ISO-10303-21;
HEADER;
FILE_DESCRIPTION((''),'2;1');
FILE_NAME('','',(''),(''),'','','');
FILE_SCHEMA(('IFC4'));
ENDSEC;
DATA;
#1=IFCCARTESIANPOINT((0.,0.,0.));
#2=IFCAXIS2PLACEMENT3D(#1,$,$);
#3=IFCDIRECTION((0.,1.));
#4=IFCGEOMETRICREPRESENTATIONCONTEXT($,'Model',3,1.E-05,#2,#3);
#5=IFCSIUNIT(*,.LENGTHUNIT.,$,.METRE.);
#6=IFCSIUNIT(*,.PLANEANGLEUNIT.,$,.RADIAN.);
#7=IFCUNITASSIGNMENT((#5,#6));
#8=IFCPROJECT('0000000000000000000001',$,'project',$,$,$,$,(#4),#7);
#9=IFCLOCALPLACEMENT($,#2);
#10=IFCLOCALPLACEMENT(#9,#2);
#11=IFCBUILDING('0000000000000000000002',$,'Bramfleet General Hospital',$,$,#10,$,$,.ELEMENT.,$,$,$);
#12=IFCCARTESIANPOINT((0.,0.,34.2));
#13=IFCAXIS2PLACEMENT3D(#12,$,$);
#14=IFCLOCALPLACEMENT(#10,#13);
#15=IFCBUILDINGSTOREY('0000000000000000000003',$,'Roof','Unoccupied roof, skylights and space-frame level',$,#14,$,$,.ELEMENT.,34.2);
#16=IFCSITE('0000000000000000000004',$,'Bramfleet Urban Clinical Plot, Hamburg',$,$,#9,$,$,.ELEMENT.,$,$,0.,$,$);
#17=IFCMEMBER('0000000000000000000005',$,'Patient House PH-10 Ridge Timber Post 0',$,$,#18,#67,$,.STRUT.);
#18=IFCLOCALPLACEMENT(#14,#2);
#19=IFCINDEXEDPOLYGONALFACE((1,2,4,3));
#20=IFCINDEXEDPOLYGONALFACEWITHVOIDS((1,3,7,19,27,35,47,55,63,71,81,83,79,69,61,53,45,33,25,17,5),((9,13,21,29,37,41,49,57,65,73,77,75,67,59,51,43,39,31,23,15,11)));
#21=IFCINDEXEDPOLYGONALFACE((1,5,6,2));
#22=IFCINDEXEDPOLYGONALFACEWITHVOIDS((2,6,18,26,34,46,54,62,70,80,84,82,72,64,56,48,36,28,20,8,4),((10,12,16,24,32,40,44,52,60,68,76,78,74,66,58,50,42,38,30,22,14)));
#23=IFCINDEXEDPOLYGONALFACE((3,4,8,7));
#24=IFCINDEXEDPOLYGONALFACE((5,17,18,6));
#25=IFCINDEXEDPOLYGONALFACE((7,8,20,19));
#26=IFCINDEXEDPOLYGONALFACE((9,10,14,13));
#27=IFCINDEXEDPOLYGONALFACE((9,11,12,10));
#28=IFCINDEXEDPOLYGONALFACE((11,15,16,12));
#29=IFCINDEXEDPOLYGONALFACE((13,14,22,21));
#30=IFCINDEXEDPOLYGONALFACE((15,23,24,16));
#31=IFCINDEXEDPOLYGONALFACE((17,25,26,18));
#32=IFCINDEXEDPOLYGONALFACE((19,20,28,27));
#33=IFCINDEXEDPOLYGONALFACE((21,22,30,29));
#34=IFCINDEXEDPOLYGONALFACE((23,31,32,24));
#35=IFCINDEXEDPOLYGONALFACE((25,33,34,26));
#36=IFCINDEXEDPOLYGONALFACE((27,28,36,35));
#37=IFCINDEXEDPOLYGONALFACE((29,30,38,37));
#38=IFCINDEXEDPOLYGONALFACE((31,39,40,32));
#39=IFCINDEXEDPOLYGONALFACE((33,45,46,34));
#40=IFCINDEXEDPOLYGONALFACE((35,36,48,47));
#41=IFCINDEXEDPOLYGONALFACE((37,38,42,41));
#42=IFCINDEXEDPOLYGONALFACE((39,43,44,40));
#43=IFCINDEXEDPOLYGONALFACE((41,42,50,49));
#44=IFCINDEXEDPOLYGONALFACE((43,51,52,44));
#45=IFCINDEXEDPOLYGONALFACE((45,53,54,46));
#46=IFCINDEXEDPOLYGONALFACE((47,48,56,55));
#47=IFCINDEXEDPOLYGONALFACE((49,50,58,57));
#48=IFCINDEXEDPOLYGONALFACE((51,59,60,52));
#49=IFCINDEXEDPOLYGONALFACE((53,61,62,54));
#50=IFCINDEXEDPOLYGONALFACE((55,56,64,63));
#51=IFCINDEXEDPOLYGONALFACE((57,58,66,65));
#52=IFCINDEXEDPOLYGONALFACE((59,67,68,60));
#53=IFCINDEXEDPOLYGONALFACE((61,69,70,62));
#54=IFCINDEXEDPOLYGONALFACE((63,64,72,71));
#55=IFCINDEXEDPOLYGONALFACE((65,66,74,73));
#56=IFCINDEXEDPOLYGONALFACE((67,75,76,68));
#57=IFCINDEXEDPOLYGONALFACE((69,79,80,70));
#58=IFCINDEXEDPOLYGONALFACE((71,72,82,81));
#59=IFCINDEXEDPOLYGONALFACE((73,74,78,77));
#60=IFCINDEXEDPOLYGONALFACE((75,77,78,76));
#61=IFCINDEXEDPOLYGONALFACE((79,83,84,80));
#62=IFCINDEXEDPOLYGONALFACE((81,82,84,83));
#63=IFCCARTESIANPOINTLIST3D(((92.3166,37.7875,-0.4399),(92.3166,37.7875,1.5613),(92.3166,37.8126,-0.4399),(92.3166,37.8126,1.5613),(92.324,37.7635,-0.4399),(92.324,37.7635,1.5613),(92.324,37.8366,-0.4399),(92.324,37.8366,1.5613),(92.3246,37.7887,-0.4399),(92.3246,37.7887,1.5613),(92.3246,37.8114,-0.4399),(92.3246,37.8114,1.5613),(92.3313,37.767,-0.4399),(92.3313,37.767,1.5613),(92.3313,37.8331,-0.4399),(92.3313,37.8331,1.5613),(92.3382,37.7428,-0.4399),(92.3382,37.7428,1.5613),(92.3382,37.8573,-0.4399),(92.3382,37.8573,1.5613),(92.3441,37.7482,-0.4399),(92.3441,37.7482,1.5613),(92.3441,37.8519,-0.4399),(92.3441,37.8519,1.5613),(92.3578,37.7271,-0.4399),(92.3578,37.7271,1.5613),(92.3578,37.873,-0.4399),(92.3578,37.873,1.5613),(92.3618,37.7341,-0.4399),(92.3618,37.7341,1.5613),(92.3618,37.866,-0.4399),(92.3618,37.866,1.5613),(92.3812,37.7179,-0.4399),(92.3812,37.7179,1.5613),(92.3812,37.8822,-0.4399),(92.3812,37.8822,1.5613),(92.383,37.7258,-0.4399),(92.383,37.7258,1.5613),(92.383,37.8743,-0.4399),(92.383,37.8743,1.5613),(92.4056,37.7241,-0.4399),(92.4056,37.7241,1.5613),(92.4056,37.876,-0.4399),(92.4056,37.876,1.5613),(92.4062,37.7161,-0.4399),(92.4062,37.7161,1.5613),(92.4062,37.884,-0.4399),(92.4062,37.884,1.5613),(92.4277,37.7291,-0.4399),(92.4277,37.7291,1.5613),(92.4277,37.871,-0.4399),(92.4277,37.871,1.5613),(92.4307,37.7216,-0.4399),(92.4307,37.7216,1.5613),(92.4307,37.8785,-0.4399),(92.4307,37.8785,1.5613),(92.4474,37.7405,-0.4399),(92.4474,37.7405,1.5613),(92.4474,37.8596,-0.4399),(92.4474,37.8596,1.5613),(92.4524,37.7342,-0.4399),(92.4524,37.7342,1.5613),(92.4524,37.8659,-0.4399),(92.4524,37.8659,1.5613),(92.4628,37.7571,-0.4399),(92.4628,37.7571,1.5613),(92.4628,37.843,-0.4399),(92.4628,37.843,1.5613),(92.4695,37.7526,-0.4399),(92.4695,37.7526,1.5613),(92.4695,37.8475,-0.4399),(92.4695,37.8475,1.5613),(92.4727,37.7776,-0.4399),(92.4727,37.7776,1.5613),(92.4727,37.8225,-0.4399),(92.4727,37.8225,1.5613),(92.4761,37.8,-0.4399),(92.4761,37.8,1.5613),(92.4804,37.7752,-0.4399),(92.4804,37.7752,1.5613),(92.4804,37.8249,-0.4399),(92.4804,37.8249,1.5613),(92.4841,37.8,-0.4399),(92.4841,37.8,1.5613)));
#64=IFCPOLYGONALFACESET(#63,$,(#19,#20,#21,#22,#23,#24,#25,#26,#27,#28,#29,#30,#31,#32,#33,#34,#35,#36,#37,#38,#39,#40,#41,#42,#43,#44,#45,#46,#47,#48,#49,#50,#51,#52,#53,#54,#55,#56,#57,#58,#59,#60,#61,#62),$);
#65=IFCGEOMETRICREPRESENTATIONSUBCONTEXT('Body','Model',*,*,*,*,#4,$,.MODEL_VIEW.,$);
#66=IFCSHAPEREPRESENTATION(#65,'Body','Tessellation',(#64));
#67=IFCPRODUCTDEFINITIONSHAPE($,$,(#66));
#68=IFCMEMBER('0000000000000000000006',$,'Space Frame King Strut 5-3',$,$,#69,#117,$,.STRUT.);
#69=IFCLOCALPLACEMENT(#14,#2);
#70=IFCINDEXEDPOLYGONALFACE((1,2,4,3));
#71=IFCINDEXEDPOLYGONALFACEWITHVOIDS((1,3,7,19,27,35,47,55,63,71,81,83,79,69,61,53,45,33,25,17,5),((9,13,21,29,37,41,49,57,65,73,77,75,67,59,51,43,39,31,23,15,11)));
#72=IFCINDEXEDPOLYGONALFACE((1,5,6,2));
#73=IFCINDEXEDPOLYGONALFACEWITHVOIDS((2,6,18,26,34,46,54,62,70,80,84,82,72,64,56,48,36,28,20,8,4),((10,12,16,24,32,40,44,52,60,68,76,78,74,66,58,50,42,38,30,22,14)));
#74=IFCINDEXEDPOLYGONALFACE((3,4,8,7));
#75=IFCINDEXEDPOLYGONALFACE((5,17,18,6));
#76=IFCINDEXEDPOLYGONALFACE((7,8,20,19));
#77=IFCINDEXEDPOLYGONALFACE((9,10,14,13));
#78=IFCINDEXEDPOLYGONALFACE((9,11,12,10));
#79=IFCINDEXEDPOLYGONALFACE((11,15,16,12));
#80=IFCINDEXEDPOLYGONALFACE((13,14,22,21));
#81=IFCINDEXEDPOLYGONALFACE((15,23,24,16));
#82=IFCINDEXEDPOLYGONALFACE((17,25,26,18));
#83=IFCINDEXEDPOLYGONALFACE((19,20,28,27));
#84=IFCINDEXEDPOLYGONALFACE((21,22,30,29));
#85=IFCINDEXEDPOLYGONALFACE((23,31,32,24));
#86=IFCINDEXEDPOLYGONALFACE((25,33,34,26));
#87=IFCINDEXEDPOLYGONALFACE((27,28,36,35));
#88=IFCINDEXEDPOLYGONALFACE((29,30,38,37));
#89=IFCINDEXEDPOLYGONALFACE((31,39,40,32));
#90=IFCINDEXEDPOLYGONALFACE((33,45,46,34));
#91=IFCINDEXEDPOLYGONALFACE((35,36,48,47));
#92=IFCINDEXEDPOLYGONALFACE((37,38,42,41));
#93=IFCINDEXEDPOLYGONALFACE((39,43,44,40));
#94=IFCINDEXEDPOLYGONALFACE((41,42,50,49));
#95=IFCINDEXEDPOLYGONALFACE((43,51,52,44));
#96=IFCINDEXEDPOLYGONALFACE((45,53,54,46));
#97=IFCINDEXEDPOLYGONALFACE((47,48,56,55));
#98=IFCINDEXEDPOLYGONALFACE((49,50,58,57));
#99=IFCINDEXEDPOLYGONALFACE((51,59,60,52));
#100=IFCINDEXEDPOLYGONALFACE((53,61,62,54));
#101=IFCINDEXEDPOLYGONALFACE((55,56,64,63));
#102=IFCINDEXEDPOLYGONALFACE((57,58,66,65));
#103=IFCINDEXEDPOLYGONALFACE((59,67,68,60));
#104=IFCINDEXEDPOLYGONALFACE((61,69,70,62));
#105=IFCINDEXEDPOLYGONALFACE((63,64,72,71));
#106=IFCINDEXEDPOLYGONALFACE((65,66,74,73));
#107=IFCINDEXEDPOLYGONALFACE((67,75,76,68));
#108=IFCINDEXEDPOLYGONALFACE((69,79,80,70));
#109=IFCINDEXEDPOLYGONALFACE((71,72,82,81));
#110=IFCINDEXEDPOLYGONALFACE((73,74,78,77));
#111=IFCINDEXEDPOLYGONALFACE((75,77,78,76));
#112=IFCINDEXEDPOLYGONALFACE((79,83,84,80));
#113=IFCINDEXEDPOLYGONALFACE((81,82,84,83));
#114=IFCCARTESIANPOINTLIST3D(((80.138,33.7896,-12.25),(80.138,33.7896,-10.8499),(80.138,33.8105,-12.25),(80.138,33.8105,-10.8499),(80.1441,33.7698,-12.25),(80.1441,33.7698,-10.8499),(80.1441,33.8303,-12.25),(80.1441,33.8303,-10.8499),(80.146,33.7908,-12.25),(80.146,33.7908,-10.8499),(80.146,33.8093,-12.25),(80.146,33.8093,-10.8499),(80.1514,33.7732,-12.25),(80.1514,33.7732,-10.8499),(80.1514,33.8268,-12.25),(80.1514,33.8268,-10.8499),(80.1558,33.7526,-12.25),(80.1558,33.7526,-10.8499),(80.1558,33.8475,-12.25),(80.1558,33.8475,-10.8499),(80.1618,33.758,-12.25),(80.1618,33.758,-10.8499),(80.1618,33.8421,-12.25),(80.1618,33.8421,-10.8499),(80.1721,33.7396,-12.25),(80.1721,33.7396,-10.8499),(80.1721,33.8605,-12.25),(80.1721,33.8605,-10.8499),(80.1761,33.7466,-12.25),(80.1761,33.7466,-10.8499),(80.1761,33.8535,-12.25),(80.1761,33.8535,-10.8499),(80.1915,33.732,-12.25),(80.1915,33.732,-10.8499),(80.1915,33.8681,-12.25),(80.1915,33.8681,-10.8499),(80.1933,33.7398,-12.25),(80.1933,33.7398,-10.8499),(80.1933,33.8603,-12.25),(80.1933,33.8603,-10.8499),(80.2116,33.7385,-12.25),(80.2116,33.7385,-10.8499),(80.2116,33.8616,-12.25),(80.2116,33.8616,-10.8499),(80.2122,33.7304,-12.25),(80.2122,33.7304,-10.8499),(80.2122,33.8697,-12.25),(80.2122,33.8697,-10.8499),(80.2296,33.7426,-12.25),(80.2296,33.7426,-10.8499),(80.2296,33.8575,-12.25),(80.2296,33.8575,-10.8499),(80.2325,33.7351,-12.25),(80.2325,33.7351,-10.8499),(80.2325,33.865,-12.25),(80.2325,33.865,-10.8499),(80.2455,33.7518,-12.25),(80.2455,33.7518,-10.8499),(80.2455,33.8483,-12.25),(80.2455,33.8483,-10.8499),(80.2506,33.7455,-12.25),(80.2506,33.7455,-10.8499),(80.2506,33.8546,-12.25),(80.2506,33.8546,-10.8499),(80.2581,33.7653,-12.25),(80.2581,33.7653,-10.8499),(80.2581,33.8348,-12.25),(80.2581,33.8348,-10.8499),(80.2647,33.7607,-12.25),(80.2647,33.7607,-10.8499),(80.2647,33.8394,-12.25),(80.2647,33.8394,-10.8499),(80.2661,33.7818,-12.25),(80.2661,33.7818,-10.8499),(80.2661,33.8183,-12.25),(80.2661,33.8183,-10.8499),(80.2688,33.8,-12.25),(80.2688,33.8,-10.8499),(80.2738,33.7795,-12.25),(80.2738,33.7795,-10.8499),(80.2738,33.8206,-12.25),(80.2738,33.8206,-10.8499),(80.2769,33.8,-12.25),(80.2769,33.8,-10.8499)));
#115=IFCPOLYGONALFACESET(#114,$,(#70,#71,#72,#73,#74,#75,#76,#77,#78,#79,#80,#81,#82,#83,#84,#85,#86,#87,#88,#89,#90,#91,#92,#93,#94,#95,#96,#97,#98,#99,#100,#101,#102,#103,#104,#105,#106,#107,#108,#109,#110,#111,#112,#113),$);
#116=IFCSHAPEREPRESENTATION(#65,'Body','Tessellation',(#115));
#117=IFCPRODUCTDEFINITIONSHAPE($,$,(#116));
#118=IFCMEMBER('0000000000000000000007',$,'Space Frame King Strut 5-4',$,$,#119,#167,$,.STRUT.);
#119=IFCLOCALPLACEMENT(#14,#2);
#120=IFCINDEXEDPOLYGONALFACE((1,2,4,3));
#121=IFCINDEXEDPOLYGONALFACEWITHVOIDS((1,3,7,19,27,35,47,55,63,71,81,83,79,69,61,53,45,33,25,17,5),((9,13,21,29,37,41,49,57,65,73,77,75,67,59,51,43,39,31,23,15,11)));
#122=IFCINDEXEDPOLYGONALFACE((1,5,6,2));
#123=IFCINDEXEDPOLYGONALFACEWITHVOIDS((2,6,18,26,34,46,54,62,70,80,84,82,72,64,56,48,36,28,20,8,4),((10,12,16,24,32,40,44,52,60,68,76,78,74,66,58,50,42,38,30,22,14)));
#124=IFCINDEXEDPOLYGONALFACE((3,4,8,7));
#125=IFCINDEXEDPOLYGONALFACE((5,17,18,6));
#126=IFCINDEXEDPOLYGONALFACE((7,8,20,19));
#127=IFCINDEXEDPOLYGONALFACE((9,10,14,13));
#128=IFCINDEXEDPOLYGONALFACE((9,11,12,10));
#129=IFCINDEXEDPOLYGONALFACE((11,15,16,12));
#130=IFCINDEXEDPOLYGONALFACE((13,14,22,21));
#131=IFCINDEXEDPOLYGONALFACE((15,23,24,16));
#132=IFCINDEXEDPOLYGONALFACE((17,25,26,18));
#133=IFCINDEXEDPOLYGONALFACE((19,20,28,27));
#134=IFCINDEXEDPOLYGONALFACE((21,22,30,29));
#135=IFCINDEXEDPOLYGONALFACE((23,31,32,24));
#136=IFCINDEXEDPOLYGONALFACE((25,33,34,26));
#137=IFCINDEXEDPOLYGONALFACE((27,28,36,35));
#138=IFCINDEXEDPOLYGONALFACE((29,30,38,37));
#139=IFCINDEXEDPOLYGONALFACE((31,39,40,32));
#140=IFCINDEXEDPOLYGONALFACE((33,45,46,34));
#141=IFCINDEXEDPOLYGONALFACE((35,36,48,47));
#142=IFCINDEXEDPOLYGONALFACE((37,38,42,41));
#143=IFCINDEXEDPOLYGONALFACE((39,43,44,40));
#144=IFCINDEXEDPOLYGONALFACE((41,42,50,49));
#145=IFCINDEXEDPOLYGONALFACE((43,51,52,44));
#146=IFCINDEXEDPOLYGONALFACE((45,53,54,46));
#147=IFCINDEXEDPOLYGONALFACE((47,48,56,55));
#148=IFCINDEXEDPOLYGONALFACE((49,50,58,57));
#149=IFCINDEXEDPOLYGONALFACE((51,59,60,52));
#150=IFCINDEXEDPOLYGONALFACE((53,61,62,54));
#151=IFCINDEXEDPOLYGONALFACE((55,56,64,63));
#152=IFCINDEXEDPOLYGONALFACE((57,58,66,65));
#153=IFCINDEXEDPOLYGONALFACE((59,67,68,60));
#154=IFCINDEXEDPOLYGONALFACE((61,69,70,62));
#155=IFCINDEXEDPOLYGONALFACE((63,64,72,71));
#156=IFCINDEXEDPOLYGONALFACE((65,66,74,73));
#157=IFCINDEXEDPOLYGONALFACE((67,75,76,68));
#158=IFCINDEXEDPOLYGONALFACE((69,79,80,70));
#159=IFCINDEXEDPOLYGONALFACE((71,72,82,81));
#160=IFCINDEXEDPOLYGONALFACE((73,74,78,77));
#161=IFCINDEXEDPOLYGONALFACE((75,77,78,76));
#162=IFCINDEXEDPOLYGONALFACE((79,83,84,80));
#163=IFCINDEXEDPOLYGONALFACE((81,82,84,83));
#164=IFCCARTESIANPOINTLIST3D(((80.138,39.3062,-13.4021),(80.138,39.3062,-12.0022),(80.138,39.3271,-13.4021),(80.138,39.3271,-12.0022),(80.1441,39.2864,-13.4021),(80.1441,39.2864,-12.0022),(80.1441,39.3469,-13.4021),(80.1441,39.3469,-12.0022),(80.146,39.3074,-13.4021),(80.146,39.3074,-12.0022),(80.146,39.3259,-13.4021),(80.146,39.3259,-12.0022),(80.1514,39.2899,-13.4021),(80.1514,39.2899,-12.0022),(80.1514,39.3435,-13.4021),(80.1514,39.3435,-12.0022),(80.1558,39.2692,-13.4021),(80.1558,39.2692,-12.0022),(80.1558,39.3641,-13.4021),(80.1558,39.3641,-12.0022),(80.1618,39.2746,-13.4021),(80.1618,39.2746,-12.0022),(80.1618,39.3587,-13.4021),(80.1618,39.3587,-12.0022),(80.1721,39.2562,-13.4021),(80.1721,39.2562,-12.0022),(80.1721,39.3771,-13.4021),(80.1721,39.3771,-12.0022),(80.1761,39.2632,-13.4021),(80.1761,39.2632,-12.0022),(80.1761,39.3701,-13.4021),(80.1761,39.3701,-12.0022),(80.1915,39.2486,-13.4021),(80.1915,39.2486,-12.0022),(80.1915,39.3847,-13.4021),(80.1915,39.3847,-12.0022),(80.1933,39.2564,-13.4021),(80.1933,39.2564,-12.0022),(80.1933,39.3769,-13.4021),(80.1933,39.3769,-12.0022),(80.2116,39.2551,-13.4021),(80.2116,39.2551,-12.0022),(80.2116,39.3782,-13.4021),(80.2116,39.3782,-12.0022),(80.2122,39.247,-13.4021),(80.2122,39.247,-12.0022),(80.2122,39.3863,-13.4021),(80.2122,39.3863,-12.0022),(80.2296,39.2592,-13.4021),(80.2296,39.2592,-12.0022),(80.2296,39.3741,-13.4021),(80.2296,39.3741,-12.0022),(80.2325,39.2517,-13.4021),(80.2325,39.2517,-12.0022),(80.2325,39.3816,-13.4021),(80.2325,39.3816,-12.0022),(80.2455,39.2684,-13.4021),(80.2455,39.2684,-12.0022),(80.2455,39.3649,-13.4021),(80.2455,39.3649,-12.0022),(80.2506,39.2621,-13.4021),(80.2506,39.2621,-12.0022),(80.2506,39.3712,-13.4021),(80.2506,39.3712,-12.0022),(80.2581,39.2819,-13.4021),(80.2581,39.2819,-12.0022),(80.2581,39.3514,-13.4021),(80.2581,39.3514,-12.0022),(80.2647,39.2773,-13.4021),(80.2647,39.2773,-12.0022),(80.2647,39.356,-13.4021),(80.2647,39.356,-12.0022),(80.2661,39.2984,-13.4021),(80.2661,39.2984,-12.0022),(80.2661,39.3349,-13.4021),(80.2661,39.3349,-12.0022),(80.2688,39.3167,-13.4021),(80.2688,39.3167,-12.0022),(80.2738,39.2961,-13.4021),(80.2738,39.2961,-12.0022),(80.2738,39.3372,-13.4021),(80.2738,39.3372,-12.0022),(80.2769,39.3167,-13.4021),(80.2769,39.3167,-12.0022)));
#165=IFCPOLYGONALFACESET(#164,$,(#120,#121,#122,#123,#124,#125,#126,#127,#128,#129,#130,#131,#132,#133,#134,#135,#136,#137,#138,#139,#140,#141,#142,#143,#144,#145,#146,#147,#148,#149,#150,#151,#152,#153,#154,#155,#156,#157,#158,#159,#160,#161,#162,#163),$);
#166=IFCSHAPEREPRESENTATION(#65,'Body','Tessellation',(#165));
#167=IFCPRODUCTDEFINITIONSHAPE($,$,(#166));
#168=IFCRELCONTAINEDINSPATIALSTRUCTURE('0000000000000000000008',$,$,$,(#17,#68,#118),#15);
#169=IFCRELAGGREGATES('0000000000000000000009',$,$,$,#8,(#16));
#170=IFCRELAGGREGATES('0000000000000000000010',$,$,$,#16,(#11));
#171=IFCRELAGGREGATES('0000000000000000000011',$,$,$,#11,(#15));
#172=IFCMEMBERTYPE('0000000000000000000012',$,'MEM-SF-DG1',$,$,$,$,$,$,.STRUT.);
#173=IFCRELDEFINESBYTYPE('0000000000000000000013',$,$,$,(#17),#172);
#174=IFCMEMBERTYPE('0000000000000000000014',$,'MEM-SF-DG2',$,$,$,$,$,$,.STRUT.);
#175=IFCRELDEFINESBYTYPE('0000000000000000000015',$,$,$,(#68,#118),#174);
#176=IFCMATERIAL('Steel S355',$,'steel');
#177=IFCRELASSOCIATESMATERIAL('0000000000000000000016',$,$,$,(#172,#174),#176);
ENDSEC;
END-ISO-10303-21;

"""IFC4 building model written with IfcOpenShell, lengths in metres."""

from ifc_helpers import new_model, si_unit, direction, frame, origin, origin_2d, place, context, subcontext, project, spatial, hollow_circle, extrude, material, material_profile, profile_set, type_object, element, save


model = new_model("IFC4")

# Units and contexts
model_context = context("Model", 3, precision=1e-05, world=origin(), true_north=direction((0.0, 1.0)))
body_context = subcontext(model_context, "Body", "Model", "MODEL_VIEW")
ifc_project = project(units=[si_unit("LENGTHUNIT", "METRE"), si_unit("PLANEANGLEUNIT", "RADIAN")], contexts=[model_context])

# Site, building, storey
site_placement = place(None, origin())
site = spatial("IfcSite", under=ifc_project, at=site_placement, Name="Bramfleet Urban Clinical Plot, Hamburg", CompositionType="ELEMENT", RefElevation=0.0)
building_placement = place(site_placement, origin())
building = spatial("IfcBuilding", under=site, at=building_placement, Name="Bramfleet General Hospital", CompositionType="ELEMENT")
storey_placement = place(building_placement, frame((0.0, 0.0, 34.2)))
storey = spatial("IfcBuildingStorey", under=building, at=storey_placement, Name="Roof", Description="Unoccupied roof, skylights and space-frame level", CompositionType="ELEMENT", Elevation=34.2)

# Members
ifc_material_1 = material(Name="Steel S355", Category="steel")
ifc_material_profile_1 = material_profile(ifc_material_1, hollow_circle(Radius=0.0842, WallThickness=0.0081, at=origin_2d()), Name="CHS 168.3x8.0")
ifc_profile_set_1 = profile_set([ifc_material_profile_1], Name="Steel S355")
member_type_1 = type_object("IfcMemberType", Name="MEM-SF-DG1", PredefinedType="STRUT", material=ifc_profile_set_1)
member_1_placement = place(storey_placement, frame((92.3999, 37.8, -0.4399), z_axis=(0.0, 0.0, 1.0), x_axis=(1.0, 0.0, 0.0)))
element("IfcMember", 1, at=member_1_placement, inside=storey, type_object=member_type_1, Name="Patient House PH-10 Ridge Timber Post 0", PredefinedType="STRUT", context=body_context, shape_type="SweptSolid", body=[
    extrude(hollow_circle(Radius=0.0842, WallThickness=0.0081, at=origin_2d()), origin(), (0.0, 0.0, 1.0), 2.0012),
])
ifc_material_profile_2 = material_profile(ifc_material_1, hollow_circle(Radius=0.0698, WallThickness=0.0081, at=origin_2d()), Name="CHS 139.7x8.0")
ifc_profile_set_2 = profile_set([ifc_material_profile_2], Name="Steel S355")
member_type_2 = type_object("IfcMemberType", Name="MEM-SF-DG2", PredefinedType="STRUT", material=ifc_profile_set_2)
member_2_placement = place(storey_placement, frame((80.207, 33.8, -12.25), z_axis=(0.0, 0.0, 1.0), x_axis=(1.0, 0.0, 0.0)))
element("IfcMember", 2, at=member_2_placement, inside=storey, type_object=member_type_2, Name="Space Frame King Strut 5-3", PredefinedType="STRUT", context=body_context, shape_type="SweptSolid", body=[
    extrude(hollow_circle(Radius=0.0698, WallThickness=0.0081, at=origin_2d()), origin(), (0.0, 0.0, 1.0), 1.4001),
])
member_3_placement = place(storey_placement, frame((80.207, 39.3167, -13.4021), z_axis=(0.0, 0.0, 1.0), x_axis=(1.0, 0.0, 0.0)))
element("IfcMember", 3, at=member_3_placement, inside=storey, type_object=member_type_2, Name="Space Frame King Strut 5-4", PredefinedType="STRUT", context=body_context, shape_type="SweptSolid", body=[
    extrude(hollow_circle(Radius=0.0698, WallThickness=0.0081, at=origin_2d()), origin(), (0.0, 0.0, 1.0), 1.3999),
])

save(model, "model.ifc")
